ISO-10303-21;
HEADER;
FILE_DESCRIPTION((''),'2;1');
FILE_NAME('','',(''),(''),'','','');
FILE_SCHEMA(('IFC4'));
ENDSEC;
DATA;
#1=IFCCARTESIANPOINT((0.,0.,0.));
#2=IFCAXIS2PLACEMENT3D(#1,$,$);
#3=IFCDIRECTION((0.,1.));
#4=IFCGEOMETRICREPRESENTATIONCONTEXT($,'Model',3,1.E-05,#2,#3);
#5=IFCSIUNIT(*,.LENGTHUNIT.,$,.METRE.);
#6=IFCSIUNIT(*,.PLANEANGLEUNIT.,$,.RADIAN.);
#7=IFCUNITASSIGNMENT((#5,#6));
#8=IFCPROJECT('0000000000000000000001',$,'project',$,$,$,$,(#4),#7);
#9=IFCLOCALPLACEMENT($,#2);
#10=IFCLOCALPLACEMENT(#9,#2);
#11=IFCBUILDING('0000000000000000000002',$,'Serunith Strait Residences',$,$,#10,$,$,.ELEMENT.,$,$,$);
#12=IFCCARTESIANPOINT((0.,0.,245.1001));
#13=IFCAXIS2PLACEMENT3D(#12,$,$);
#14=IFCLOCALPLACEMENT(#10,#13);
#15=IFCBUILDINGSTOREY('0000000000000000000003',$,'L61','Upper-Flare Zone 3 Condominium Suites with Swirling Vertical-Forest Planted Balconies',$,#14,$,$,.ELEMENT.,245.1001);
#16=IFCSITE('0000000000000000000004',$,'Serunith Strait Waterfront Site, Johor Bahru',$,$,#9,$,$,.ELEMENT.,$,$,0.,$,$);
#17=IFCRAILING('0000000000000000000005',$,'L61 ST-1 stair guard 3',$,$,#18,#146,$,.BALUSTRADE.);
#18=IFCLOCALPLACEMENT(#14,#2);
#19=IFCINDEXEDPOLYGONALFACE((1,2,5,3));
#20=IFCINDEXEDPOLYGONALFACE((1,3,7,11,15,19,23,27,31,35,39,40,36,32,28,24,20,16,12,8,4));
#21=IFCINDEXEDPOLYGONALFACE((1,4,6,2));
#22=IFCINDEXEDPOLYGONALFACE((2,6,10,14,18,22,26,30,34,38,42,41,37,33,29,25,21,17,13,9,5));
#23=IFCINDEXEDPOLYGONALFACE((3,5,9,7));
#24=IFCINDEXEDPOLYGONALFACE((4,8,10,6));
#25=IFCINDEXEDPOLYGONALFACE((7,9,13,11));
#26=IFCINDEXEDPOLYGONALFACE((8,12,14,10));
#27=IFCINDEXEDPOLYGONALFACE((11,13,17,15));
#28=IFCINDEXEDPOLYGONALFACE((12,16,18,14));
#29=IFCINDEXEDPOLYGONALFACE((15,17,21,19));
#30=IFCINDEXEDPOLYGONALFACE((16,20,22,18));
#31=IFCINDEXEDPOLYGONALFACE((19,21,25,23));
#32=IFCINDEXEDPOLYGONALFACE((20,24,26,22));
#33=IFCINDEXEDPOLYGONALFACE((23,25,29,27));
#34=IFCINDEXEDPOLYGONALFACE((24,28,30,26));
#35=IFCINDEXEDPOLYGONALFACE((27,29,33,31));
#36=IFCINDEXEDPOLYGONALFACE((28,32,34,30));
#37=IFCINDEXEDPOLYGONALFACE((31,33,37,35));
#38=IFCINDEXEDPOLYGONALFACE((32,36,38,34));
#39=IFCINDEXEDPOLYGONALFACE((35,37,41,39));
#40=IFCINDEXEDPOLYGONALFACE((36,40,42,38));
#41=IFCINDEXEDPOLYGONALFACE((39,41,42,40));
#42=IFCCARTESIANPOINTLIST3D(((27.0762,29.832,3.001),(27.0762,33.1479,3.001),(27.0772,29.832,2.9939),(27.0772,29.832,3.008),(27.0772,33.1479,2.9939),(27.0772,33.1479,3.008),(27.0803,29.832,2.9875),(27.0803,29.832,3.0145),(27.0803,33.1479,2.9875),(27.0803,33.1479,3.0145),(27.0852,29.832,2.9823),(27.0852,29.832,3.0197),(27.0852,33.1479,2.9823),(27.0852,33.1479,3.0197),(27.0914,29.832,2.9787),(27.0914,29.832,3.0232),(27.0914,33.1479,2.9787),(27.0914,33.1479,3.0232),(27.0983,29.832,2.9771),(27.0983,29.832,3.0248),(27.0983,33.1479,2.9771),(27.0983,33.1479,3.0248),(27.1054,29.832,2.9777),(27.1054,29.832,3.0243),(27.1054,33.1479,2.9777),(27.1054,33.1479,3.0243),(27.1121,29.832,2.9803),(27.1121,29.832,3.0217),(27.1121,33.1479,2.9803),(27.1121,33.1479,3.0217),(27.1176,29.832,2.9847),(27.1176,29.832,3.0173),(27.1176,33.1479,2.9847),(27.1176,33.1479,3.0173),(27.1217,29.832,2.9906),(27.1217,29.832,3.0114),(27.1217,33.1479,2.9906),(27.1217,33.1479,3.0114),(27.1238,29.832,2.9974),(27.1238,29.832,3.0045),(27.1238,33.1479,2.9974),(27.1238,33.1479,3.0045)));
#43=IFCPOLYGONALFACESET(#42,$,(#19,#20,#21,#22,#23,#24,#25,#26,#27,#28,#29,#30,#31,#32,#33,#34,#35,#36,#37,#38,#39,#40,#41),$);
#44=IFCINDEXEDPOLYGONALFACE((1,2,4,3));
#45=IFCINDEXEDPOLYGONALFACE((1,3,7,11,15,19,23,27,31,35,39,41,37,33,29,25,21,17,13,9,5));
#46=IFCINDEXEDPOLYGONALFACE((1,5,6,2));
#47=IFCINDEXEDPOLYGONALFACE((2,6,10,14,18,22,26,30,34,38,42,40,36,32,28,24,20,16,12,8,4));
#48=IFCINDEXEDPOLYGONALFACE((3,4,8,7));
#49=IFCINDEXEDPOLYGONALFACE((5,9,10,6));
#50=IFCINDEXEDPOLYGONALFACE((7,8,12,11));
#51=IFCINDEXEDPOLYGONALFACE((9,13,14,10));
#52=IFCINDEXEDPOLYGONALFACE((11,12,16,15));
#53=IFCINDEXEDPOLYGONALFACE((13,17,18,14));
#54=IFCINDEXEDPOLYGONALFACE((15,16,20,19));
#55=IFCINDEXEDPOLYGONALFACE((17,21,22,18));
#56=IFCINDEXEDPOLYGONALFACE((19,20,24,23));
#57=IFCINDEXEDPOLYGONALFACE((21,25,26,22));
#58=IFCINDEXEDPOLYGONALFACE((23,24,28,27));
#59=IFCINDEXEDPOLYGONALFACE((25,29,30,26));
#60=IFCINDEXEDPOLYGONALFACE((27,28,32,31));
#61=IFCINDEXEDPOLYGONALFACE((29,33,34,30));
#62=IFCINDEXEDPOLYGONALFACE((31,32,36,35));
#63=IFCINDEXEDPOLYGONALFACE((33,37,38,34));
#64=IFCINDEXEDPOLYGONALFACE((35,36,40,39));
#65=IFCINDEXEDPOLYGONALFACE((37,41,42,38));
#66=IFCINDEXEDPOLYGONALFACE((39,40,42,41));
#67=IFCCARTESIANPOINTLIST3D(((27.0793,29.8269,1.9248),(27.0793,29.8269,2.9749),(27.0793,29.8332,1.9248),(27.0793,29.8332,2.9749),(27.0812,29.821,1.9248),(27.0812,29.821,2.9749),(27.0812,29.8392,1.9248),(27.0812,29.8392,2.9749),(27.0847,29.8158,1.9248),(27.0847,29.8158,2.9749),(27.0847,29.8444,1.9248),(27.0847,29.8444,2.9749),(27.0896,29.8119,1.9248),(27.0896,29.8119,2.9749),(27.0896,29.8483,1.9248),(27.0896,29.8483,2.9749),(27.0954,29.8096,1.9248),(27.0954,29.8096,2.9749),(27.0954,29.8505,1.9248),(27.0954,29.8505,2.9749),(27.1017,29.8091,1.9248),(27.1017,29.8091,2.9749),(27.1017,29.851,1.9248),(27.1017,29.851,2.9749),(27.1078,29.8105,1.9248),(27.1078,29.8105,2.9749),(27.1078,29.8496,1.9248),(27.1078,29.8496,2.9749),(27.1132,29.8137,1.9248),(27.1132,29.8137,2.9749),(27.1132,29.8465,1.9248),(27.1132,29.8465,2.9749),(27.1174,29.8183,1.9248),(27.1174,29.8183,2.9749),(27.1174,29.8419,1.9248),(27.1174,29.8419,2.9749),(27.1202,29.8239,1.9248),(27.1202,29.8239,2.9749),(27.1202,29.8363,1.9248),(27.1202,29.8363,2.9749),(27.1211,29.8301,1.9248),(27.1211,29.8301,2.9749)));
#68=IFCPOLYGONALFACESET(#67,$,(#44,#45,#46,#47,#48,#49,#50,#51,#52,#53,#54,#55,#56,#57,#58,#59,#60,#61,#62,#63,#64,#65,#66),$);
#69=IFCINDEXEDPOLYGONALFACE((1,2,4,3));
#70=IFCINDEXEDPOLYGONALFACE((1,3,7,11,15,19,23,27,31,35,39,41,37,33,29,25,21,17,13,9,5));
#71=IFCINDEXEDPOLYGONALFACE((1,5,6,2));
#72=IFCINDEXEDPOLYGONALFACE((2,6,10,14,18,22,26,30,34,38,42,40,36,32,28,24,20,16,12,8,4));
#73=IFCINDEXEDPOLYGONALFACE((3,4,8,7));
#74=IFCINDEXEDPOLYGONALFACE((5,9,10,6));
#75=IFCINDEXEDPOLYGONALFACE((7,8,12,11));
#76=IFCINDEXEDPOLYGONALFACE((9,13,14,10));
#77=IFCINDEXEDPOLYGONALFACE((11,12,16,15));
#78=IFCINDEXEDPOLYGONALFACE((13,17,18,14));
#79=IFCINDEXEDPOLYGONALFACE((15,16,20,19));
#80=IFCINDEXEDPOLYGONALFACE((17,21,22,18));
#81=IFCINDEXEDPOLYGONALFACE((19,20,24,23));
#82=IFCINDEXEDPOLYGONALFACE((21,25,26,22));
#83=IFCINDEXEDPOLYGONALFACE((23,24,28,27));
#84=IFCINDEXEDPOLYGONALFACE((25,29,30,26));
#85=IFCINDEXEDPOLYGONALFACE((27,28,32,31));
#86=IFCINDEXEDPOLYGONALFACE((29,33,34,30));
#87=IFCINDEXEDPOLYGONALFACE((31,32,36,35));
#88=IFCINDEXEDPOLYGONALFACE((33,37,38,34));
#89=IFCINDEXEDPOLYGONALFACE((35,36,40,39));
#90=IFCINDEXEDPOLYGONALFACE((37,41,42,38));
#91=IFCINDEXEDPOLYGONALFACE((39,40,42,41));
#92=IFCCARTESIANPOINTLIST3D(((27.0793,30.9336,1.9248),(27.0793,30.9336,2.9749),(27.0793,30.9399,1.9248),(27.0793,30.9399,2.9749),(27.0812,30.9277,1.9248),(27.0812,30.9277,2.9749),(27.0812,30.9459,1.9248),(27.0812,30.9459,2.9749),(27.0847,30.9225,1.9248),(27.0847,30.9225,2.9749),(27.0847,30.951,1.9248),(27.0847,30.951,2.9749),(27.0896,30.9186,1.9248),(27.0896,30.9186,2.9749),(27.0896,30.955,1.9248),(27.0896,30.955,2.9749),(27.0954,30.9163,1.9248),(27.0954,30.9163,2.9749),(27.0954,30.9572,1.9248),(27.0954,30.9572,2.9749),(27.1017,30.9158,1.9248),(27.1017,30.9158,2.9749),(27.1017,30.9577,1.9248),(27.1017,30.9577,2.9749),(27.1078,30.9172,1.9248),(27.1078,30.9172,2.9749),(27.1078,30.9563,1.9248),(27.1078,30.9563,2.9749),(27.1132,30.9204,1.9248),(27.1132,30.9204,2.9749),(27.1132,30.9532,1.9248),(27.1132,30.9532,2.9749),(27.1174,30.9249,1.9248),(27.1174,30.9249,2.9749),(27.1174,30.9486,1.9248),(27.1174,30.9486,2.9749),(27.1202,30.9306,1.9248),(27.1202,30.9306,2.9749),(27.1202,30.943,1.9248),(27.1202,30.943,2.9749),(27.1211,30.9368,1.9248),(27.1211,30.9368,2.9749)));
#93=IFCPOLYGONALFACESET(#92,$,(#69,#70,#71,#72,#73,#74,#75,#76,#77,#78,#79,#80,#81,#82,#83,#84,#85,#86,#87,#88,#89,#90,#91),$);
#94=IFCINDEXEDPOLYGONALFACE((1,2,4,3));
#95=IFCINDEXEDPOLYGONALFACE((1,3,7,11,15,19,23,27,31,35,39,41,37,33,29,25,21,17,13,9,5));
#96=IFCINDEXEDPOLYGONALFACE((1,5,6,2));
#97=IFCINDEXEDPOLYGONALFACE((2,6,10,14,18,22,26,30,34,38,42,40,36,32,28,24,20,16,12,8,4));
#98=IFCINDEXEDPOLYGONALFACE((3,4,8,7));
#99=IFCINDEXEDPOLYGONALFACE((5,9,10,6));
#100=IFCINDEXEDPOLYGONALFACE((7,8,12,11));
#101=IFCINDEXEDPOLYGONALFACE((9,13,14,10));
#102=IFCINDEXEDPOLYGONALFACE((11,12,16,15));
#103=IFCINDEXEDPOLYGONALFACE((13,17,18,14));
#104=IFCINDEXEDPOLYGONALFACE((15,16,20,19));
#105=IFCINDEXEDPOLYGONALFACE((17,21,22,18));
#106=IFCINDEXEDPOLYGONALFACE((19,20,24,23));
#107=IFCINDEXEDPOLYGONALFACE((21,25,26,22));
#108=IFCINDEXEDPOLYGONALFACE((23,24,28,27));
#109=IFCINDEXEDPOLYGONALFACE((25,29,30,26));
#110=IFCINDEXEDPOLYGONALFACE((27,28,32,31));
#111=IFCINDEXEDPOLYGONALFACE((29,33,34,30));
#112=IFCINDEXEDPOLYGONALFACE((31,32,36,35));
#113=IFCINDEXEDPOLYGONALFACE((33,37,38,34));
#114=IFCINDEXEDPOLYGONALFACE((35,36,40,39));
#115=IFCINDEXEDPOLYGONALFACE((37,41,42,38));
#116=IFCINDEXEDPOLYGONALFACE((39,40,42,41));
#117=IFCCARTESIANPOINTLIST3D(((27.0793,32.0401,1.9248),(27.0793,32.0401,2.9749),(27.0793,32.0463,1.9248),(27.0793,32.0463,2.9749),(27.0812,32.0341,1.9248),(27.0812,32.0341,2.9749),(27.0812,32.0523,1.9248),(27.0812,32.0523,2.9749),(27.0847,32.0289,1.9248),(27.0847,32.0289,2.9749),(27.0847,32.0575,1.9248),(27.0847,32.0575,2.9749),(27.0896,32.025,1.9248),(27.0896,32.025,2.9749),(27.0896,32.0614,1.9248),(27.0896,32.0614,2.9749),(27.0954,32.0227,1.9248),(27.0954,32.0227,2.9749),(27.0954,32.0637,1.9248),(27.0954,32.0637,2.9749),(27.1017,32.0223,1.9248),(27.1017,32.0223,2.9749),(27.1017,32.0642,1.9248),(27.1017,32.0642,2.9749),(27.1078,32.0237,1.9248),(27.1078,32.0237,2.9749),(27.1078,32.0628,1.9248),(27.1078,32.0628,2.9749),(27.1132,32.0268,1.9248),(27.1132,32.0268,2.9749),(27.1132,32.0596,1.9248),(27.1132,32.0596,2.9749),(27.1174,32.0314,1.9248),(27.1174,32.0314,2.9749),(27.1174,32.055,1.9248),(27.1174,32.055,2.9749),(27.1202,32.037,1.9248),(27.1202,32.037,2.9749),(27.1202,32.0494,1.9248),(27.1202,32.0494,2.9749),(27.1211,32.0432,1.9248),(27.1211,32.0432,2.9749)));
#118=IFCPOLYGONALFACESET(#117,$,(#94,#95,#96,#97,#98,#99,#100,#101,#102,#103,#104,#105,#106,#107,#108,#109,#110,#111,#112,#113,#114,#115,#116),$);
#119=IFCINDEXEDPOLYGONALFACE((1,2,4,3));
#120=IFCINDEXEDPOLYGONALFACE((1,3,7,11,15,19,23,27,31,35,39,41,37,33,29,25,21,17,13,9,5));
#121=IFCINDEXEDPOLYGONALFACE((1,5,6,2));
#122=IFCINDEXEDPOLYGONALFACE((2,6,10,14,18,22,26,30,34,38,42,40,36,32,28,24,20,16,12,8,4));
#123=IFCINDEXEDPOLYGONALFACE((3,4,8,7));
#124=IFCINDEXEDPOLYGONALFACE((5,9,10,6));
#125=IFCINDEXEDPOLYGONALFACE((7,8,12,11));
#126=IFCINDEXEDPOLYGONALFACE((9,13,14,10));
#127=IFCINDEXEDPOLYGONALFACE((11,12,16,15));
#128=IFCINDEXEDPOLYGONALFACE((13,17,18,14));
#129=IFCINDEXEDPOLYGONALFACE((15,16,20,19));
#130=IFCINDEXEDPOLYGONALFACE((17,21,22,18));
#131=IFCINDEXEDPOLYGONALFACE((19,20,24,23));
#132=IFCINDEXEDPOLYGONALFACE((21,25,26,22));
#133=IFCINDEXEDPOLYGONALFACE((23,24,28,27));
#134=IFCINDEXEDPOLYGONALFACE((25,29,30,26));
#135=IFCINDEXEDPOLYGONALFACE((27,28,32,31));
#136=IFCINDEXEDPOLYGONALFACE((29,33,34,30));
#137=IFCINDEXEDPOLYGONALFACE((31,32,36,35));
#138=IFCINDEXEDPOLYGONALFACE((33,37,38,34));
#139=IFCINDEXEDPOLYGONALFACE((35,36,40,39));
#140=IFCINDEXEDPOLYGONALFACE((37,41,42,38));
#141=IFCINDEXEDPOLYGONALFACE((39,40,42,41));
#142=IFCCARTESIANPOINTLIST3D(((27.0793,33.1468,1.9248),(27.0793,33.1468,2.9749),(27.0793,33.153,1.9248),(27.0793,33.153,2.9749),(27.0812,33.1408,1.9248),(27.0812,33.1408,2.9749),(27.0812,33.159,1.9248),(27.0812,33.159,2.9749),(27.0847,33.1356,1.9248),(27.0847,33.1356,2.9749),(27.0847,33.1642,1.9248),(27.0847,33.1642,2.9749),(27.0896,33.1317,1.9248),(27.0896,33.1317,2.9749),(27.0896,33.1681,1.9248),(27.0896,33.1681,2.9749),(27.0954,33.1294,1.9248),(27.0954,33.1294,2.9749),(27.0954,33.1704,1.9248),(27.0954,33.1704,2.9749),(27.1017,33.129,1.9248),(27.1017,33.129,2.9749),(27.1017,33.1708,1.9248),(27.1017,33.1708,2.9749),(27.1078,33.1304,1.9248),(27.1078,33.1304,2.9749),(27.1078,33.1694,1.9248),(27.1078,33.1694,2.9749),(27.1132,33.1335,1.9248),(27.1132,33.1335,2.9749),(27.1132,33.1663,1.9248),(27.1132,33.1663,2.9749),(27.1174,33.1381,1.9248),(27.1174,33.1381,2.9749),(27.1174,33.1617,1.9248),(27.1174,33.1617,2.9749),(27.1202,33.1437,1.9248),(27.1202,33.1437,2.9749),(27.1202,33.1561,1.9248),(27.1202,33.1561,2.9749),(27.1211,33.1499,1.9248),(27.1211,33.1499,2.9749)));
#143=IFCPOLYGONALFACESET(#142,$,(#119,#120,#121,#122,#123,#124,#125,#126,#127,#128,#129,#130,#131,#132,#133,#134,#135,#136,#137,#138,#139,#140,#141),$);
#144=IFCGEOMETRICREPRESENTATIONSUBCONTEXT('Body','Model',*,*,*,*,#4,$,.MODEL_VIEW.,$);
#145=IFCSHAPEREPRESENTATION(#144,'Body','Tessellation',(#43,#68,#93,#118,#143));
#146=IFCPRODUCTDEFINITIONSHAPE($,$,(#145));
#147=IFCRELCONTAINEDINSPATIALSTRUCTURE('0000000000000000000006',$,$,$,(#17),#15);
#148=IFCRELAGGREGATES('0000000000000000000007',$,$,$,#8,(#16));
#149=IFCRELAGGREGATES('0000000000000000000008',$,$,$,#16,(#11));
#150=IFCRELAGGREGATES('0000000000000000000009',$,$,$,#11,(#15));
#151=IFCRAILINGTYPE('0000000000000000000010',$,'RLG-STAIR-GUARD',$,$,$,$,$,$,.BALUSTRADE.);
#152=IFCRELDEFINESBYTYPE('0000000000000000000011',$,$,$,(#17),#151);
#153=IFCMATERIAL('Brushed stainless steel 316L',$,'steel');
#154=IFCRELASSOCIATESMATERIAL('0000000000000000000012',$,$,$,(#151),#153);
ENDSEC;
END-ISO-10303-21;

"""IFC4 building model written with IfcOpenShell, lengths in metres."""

from ifc_helpers import new_model, si_unit, direction, frame, origin, origin_2d, place, context, subcontext, project, spatial, circle, extrude, material, type_object, element, save


model = new_model("IFC4")

# Units and contexts
model_context = context("Model", 3, precision=1e-05, world=origin(), true_north=direction((0.0, 1.0)))
body_context = subcontext(model_context, "Body", "Model", "MODEL_VIEW")
ifc_project = project(units=[si_unit("LENGTHUNIT", "METRE"), si_unit("PLANEANGLEUNIT", "RADIAN")], contexts=[model_context])

# Site, building, storey
site_placement = place(None, origin())
site = spatial("IfcSite", under=ifc_project, at=site_placement, Name="Serunith Strait Waterfront Site, Johor Bahru", CompositionType="ELEMENT", RefElevation=0.0)
building_placement = place(site_placement, origin())
building = spatial("IfcBuilding", under=site, at=building_placement, Name="Serunith Strait Residences", CompositionType="ELEMENT")
storey_placement = place(building_placement, frame((0.0, 0.0, 245.1001)))
storey = spatial("IfcBuildingStorey", under=building, at=storey_placement, Name="L61", Description="Upper-Flare Zone 3 Condominium Suites with Swirling Vertical-Forest Planted Balconies", CompositionType="ELEMENT", Elevation=245.1001)

# Railing
ifc_material_1 = material(Name="Brushed stainless steel 316L", Category="steel")
railing_type_1 = type_object("IfcRailingType", Name="RLG-STAIR-GUARD", PredefinedType="BALUSTRADE", material=ifc_material_1)
for number, where, name in (
    (1, (27.1001, 29.8301, 1.9248), "L61 ST-1 stair guard 3"),
):
    element("IfcRailing", number, at=place(storey_placement, frame(where)), inside=storey, type_object=railing_type_1, Name=name, PredefinedType="BALUSTRADE", context=body_context, shape_type="SweptSolid", body=[
        extrude(circle(Radius=0.0239, at=origin_2d()), frame((0.0, 0.002, 1.0762), z_axis=(0.0, 1.0, 0.0), x_axis=(-1.0, 0.0, 0.0)), (0.0, 0.0, 1.0), 3.3159),
        extrude(circle(Radius=0.021, at=origin_2d()), origin(), (0.0, 0.0, 1.0), 1.05),
        extrude(circle(Radius=0.021, at=origin_2d()), frame((0.0, 1.1067, 0.0)), (0.0, 0.0, 1.0), 1.05),
        extrude(circle(Radius=0.021, at=origin_2d()), frame((0.0, 2.2131, 0.0)), (0.0, 0.0, 1.0), 1.05),
        extrude(circle(Radius=0.021, at=origin_2d()), frame((0.0, 3.3198, 0.0)), (0.0, 0.0, 1.0), 1.05),
    ])

save(model, "model.ifc")
